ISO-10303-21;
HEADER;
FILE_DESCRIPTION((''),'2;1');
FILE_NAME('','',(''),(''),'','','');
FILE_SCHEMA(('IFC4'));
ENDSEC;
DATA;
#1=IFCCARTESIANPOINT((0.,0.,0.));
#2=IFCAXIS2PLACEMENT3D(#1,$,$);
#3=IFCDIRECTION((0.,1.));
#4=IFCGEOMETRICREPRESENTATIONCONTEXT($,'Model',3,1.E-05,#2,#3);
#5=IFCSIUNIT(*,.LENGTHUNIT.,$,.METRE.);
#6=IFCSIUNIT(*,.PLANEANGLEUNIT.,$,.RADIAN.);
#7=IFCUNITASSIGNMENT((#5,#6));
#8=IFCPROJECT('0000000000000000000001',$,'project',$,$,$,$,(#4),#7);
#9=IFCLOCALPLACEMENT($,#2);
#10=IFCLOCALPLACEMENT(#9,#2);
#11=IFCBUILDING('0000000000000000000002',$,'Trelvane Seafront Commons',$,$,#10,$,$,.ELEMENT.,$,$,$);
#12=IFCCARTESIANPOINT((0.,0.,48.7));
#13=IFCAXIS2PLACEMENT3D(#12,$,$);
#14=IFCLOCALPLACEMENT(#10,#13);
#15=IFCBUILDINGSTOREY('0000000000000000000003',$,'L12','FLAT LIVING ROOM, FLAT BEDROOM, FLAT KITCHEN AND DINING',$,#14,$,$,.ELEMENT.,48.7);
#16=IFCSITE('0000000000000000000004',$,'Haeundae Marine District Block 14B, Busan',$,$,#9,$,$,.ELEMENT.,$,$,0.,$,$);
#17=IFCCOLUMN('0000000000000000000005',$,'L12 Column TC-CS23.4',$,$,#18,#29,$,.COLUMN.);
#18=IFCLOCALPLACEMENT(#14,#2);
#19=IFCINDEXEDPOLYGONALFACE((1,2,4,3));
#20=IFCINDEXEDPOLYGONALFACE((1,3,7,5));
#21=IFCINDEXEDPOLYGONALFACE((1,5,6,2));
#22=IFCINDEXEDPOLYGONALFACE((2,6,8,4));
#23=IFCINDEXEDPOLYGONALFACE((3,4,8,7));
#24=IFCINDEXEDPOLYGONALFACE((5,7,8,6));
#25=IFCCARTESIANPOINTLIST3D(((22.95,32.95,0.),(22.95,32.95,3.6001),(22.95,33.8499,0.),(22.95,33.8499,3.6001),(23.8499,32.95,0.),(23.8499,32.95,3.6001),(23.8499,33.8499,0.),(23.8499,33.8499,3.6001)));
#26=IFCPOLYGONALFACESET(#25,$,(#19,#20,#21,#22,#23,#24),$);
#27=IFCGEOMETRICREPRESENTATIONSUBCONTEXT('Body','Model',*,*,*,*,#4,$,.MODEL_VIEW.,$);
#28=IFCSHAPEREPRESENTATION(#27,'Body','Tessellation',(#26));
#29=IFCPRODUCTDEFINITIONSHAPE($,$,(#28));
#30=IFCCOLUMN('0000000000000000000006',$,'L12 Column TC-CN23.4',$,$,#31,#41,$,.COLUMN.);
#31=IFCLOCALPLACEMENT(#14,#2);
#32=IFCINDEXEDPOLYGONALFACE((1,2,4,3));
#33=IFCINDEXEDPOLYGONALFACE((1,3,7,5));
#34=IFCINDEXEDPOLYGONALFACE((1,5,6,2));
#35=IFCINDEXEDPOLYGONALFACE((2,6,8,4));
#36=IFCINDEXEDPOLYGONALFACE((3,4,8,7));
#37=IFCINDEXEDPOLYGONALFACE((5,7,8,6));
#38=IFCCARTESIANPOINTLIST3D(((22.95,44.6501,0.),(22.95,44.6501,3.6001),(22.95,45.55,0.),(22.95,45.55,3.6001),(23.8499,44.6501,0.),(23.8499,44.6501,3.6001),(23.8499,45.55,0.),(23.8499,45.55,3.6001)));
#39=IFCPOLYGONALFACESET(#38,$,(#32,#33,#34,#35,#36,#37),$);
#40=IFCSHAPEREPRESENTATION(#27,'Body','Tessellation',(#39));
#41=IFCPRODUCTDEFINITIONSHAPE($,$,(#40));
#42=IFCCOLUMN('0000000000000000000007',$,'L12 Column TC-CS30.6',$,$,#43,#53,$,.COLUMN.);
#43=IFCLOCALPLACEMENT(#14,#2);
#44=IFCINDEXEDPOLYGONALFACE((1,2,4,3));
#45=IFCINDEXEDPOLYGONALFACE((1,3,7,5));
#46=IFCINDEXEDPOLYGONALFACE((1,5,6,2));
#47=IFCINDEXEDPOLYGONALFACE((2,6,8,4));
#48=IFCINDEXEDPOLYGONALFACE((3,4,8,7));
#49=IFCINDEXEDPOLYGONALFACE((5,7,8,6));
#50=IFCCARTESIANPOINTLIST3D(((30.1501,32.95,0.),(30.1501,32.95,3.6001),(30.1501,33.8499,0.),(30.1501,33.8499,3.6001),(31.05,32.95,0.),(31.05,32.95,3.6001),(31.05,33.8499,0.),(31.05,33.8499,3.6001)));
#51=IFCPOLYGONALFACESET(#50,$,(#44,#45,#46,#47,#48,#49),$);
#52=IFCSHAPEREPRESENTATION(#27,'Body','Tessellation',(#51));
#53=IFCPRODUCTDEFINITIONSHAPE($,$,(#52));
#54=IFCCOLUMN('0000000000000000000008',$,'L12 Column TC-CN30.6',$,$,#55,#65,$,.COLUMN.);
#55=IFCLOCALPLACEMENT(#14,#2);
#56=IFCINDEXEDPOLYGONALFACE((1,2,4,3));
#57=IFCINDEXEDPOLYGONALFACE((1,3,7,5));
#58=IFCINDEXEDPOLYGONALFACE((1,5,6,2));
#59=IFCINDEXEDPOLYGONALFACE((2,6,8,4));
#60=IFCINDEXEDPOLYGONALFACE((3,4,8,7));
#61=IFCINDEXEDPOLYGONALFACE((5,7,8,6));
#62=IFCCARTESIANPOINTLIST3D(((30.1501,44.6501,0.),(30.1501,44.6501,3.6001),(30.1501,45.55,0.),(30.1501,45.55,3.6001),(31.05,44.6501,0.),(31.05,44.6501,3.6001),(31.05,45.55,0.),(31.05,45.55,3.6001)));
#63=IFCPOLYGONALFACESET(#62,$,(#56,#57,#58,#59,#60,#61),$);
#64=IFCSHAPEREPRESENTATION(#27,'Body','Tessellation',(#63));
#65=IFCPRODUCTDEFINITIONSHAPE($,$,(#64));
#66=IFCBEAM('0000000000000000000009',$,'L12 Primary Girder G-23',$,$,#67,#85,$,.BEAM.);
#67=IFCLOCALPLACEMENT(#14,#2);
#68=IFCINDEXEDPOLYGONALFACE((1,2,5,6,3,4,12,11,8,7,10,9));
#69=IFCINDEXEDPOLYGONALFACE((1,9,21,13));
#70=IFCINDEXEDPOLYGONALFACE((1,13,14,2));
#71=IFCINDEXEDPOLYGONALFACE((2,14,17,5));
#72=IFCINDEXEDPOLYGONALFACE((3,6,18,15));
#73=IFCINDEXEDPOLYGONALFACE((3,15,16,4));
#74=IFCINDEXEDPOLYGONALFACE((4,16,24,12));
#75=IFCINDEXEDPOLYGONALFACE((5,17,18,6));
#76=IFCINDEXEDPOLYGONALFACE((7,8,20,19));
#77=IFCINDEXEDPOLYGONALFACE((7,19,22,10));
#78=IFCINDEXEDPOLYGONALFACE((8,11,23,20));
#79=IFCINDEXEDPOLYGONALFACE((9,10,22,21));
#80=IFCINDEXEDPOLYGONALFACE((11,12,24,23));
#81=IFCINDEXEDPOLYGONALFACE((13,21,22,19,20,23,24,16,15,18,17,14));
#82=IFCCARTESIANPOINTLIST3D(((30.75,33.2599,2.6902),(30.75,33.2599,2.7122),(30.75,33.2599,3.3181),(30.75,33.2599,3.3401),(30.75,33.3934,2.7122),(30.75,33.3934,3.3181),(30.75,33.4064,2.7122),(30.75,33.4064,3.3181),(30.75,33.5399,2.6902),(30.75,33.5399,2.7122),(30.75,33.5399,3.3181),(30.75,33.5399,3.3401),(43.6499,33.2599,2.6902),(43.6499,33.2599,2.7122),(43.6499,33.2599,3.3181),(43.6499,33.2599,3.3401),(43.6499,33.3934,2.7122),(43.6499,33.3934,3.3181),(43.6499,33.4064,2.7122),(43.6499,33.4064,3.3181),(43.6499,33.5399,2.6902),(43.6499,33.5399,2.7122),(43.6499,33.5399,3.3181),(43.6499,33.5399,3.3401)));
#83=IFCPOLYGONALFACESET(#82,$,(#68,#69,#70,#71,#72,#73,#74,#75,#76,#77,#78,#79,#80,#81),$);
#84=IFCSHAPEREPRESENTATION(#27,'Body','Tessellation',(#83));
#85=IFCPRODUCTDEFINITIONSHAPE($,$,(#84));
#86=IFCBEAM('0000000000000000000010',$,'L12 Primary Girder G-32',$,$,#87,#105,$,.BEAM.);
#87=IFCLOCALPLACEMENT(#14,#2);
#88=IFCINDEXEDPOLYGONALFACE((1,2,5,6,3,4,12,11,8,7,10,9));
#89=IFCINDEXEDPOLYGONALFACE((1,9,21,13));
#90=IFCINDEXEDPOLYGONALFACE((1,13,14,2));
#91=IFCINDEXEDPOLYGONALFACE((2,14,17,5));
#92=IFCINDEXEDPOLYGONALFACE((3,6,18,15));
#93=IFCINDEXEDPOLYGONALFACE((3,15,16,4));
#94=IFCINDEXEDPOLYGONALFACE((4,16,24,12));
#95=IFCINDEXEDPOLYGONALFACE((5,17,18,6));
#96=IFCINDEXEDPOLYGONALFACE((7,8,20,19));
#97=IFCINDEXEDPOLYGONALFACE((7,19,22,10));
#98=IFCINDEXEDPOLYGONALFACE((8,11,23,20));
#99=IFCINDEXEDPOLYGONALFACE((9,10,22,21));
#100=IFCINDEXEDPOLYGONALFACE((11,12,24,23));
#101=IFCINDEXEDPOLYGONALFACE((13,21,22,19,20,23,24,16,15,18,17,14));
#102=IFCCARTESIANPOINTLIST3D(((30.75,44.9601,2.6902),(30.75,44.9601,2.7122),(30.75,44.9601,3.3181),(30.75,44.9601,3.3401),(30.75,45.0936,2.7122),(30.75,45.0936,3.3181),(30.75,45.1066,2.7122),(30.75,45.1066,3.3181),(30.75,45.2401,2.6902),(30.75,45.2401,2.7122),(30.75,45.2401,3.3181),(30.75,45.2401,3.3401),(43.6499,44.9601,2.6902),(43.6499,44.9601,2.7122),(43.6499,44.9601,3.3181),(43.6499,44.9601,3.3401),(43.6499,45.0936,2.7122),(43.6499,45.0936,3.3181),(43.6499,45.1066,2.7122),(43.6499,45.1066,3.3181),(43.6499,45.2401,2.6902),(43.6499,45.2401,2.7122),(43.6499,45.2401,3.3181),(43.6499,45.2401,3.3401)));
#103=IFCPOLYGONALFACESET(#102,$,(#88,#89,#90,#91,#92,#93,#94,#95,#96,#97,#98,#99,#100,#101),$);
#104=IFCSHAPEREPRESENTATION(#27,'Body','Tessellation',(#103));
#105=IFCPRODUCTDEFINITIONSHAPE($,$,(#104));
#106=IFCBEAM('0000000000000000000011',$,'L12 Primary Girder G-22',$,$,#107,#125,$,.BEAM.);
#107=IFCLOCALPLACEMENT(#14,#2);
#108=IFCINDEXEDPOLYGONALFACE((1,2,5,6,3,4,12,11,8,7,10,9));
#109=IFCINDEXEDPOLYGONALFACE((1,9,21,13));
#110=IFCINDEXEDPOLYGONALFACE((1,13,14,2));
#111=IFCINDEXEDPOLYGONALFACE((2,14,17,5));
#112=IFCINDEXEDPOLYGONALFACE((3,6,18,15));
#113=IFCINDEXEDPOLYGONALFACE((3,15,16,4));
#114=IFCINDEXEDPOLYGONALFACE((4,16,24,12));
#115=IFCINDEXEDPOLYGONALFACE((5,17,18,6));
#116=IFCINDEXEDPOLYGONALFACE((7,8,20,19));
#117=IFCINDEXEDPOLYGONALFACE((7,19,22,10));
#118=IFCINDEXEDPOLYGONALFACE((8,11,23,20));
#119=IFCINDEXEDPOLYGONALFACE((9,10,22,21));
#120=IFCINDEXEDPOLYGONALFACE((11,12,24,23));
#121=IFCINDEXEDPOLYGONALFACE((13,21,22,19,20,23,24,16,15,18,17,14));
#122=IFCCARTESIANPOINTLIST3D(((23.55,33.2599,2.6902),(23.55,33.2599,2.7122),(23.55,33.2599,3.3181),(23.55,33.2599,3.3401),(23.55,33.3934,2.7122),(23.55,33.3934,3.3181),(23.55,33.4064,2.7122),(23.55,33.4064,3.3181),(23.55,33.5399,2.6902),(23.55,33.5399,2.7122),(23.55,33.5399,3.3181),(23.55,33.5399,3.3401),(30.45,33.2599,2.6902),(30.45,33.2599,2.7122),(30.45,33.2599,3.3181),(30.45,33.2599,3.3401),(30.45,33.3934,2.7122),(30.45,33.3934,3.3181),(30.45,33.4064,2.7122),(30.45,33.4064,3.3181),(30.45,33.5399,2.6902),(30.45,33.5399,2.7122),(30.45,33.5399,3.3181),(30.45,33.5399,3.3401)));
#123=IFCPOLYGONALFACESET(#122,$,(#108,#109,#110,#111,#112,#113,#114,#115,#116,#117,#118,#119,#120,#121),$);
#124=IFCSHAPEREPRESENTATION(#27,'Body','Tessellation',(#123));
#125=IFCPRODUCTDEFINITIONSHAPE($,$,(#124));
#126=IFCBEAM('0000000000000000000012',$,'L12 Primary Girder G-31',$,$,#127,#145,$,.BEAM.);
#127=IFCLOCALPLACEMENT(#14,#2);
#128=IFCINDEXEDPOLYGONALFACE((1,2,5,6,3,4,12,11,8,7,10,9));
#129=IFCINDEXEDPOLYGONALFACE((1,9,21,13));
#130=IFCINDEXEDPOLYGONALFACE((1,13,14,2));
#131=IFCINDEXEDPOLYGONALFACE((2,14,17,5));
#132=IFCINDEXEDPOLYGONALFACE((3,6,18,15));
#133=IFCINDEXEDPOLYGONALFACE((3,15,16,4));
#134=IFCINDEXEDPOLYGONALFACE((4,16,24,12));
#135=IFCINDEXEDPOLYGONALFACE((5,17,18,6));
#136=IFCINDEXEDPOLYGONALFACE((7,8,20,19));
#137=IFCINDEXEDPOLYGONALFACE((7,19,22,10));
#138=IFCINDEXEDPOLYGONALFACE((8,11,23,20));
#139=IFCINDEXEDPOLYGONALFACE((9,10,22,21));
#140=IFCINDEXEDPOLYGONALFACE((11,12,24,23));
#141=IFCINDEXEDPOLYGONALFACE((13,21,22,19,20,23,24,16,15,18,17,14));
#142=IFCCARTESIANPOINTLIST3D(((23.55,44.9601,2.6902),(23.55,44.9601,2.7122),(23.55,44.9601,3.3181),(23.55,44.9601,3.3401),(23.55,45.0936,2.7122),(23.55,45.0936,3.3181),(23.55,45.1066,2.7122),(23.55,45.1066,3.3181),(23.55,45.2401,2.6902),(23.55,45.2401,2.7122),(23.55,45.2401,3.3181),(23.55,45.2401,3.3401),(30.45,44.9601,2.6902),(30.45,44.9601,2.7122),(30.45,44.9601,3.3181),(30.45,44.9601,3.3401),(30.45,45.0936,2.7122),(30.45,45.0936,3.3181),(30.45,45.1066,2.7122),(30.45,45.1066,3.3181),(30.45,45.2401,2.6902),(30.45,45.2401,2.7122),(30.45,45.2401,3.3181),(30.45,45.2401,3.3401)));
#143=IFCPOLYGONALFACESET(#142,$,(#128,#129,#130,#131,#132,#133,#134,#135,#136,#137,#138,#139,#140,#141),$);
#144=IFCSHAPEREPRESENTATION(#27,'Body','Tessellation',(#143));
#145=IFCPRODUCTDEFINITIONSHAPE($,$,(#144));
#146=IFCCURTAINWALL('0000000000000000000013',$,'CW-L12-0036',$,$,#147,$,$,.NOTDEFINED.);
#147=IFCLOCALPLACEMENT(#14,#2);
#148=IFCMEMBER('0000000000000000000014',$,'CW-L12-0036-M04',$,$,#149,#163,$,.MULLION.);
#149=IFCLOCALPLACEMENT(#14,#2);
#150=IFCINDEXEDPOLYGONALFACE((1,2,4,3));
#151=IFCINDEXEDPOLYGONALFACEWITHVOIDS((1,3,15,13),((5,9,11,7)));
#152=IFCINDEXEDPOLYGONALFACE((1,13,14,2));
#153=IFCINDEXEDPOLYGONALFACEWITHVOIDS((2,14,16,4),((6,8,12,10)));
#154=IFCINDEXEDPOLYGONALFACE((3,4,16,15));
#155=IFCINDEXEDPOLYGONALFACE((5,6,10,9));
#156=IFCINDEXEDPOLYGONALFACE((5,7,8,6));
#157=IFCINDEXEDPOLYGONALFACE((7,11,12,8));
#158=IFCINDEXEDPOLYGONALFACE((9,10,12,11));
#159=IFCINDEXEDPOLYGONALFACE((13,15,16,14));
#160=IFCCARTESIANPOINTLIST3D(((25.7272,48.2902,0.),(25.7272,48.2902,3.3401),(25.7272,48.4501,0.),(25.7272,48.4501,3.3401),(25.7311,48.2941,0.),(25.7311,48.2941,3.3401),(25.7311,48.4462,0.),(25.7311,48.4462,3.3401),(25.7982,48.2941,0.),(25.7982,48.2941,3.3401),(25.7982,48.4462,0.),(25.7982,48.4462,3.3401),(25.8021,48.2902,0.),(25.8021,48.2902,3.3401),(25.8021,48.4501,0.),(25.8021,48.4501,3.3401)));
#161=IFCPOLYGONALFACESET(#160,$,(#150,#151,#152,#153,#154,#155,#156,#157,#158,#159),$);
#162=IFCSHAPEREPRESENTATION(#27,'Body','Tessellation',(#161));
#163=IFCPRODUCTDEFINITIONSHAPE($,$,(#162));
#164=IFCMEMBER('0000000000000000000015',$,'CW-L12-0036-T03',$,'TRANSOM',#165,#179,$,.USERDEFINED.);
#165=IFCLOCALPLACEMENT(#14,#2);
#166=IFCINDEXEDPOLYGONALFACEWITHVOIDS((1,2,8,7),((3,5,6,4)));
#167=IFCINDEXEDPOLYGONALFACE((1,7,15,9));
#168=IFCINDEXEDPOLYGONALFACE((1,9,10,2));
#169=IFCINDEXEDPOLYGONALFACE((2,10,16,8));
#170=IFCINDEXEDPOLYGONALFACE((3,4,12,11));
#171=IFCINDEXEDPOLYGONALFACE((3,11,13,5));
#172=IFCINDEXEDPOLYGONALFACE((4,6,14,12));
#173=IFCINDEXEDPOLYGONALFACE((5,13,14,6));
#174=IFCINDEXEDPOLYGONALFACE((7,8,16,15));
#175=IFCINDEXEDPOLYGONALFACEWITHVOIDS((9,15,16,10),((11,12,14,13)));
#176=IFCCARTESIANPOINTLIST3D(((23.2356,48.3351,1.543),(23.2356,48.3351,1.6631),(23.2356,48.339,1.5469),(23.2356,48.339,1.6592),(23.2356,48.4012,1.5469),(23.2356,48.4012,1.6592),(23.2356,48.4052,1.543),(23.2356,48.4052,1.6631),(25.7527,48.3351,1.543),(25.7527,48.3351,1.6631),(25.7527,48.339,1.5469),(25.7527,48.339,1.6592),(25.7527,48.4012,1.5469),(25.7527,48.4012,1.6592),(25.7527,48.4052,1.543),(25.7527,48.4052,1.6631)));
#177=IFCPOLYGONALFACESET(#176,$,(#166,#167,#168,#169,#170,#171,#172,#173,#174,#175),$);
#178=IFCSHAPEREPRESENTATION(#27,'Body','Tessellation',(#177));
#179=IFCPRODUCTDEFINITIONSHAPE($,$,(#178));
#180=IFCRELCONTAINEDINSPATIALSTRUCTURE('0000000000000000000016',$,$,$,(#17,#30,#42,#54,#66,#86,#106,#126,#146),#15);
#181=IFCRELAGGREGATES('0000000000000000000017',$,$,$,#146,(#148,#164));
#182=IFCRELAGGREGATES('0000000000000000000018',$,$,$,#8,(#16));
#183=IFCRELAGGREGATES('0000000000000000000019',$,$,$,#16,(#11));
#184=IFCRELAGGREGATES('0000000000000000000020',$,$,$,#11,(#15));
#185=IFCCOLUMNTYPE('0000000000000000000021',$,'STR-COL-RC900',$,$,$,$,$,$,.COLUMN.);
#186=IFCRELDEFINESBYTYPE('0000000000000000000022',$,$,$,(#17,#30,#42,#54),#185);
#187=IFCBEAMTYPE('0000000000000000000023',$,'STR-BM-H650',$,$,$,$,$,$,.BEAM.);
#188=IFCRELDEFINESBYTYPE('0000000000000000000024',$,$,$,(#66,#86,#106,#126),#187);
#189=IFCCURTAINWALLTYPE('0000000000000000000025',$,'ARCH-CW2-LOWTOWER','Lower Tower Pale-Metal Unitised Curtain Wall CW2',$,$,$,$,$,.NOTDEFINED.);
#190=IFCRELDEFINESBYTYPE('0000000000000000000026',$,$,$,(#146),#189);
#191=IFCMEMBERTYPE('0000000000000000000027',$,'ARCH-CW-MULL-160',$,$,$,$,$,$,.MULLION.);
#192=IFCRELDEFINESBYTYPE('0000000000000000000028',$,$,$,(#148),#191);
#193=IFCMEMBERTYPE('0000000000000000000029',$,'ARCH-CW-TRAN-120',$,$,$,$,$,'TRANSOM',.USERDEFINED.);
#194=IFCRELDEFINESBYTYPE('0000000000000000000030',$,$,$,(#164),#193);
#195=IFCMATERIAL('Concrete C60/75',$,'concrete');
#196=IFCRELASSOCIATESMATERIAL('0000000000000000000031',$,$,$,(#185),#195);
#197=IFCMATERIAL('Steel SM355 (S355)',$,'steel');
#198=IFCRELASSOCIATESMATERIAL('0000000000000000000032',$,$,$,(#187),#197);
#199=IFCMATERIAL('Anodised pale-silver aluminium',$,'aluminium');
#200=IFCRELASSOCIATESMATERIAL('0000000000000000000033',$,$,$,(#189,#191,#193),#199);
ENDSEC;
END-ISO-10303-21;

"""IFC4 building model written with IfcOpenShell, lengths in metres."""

from ifc_helpers import new_model, si_unit, direction, frame, origin, origin_2d, place, context, subcontext, project, spatial, rectangle, hollow_rectangle, i_section, extrude, source, transform, mapped, material, material_profile, profile_set, type_object, element, aggregate, save


model = new_model("IFC4")

# Units and contexts
model_context = context("Model", 3, precision=1e-05, world=origin(), true_north=direction((0.0, 1.0)))
body_context = subcontext(model_context, "Body", "Model", "MODEL_VIEW")
ifc_project = project(units=[si_unit("LENGTHUNIT", "METRE"), si_unit("PLANEANGLEUNIT", "RADIAN")], contexts=[model_context])

# Site, building, storey
site_placement = place(None, origin())
site = spatial("IfcSite", under=ifc_project, at=site_placement, Name="Haeundae Marine District Block 14B, Busan", CompositionType="ELEMENT", RefElevation=0.0)
building_placement = place(site_placement, origin())
building = spatial("IfcBuilding", under=site, at=building_placement, Name="Trelvane Seafront Commons", CompositionType="ELEMENT")
storey_placement = place(building_placement, frame((0.0, 0.0, 48.7)))
storey = spatial("IfcBuildingStorey", under=building, at=storey_placement, Name="L12", Description="FLAT LIVING ROOM, FLAT BEDROOM, FLAT KITCHEN AND DINING", CompositionType="ELEMENT", Elevation=48.7)

# Columns
ifc_material_1 = material(Name="Concrete C60/75", Category="concrete")
ifc_material_profile_1 = material_profile(ifc_material_1, rectangle(XDim=0.8999, YDim=0.8999, at=origin_2d()), Name="RC-900x900")
ifc_profile_set_1 = profile_set([ifc_material_profile_1], Name="Concrete C60/75")
column_type = type_object("IfcColumnType", Name="STR-COL-RC900", PredefinedType="COLUMN", material=ifc_profile_set_1)
shared_shape_1 = source(origin(), body_context, "Body", "SweptSolid", [
    extrude(rectangle(XDim=0.8999, YDim=0.8999, at=origin_2d()), origin(), (0.0, 0.0, 1.0), 3.6001),
])
for number, where, z_axis, x_axis, name in (
    (1, (23.3999, 33.3999, 0.0), (0.0, 0.0, 1.0), (1.0, 0.0, 0.0), "L12 Column TC-CS23.4"),
    (2, (23.3999, 45.1001, 0.0), (0.0, 0.0, 1.0), (1.0, 0.0, 0.0), "L12 Column TC-CN23.4"),
    (3, (30.6001, 33.3999, 0.0), (0.0, 0.0, 1.0), (1.0, 0.0, 0.0), "L12 Column TC-CS30.6"),
    (4, (30.6001, 45.1001, 0.0), (0.0, 0.0, 1.0), (1.0, 0.0, 0.0), "L12 Column TC-CN30.6"),
):
    element("IfcColumn", number, at=place(storey_placement, frame(where, z_axis=z_axis, x_axis=x_axis)), inside=storey, type_object=column_type, Name=name, PredefinedType="COLUMN", context=body_context, shape_type="MappedRepresentation", body=[
        mapped(shared_shape_1, transform((0.0, 0.0, 0.0), x_axis=(1.0, 0.0, 0.0), y_axis=(0.0, 1.0, 0.0), z_axis=(0.0, 0.0, 1.0), scale=1.0)),
    ])

# Beams
ifc_material_2 = material(Name="Steel SM355 (S355)", Category="steel")
ifc_material_profile_2 = material_profile(ifc_material_2, i_section(OverallWidth=0.28, OverallDepth=0.6499, WebThickness=0.0129, FlangeThickness=0.022, at=origin_2d()), Name="H-650x280x13x22")
ifc_profile_set_2 = profile_set([ifc_material_profile_2], Name="Steel SM355 (S355)")
beam_type = type_object("IfcBeamType", Name="STR-BM-H650", PredefinedType="BEAM", material=ifc_profile_set_2)
shared_shape_2 = source(origin(), body_context, "Body", "SweptSolid", [
    extrude(i_section(OverallWidth=0.28, OverallDepth=0.6499, WebThickness=0.0129, FlangeThickness=0.022, at=origin_2d()), origin(), (0.0, 0.0, 1.0), 12.8999),
])
for number, where, z_axis, x_axis, name in (
    (5, (30.75, 33.3999, 3.0151), (1.0, 0.0, 0.0), (0.0, 1.0, 0.0), "L12 Primary Girder G-23"),
    (6, (30.75, 45.1001, 3.0151), (1.0, 0.0, 0.0), (0.0, 1.0, 0.0), "L12 Primary Girder G-32"),
):
    element("IfcBeam", number, at=place(storey_placement, frame(where, z_axis=z_axis, x_axis=x_axis)), inside=storey, type_object=beam_type, Name=name, PredefinedType="BEAM", context=body_context, shape_type="MappedRepresentation", body=[
        mapped(shared_shape_2, transform((0.0, 0.0, 0.0), x_axis=(1.0, 0.0, 0.0), y_axis=(0.0, 1.0, 0.0), z_axis=(0.0, 0.0, 1.0), scale=1.0)),
    ])
shared_shape_3 = source(origin(), body_context, "Body", "SweptSolid", [
    extrude(i_section(OverallWidth=0.28, OverallDepth=0.6499, WebThickness=0.0129, FlangeThickness=0.022, at=origin_2d()), origin(), (0.0, 0.0, 1.0), 6.8999),
])
for number, where, z_axis, x_axis, name in (
    (7, (23.55, 33.3999, 3.0151), (1.0, 0.0, 0.0), (0.0, 1.0, 0.0), "L12 Primary Girder G-22"),
    (8, (23.55, 45.1001, 3.0151), (1.0, 0.0, 0.0), (0.0, 1.0, 0.0), "L12 Primary Girder G-31"),
):
    element("IfcBeam", number, at=place(storey_placement, frame(where, z_axis=z_axis, x_axis=x_axis)), inside=storey, type_object=beam_type, Name=name, PredefinedType="BEAM", context=body_context, shape_type="MappedRepresentation", body=[
        mapped(shared_shape_3, transform((0.0, 0.0, 0.0), x_axis=(1.0, 0.0, 0.0), y_axis=(0.0, 1.0, 0.0), z_axis=(0.0, 0.0, 1.0), scale=1.0)),
    ])

# Curtain wall, members
ifc_material_3 = material(Name="Anodised pale-silver aluminium", Category="aluminium")
curtain_wall_type = type_object("IfcCurtainWallType", Name="ARCH-CW2-LOWTOWER", Description="Lower Tower Pale-Metal Unitised Curtain Wall CW2", PredefinedType="NOTDEFINED", material=ifc_material_3)
curtain_wall_placement = place(storey_placement, origin())
curtain_wall = element("IfcCurtainWall", 9, at=curtain_wall_placement, inside=storey, type_object=curtain_wall_type, Name="CW-L12-0036", PredefinedType="NOTDEFINED")
ifc_material_profile_3 = material_profile(ifc_material_3, hollow_rectangle(XDim=0.075, YDim=0.1599, WallThickness=0.0039, at=origin_2d()), Name="MULL-75x160x4")
ifc_profile_set_3 = profile_set([ifc_material_profile_3], Name="Anodised pale-silver aluminium")
member_type_1 = type_object("IfcMemberType", Name="ARCH-CW-MULL-160", PredefinedType="MULLION", material=ifc_profile_set_3)
shared_shape_4 = source(origin(), body_context, "Body", "SweptSolid", [
    extrude(hollow_rectangle(XDim=0.075, YDim=0.1599, WallThickness=0.0039, at=origin_2d()), origin(), (0.0, 0.0, 1.0), 3.3401),
])
member_1_placement = place(storey_placement, frame((25.7646, 48.3701, 0.0), z_axis=(0.0, 0.0, 1.0), x_axis=(1.0, 0.0, 0.0)))
member_1 = element("IfcMember", 10, at=member_1_placement, type_object=member_type_1, Name="CW-L12-0036-M04", PredefinedType="MULLION", context=body_context, shape_type="MappedRepresentation", body=[
    mapped(shared_shape_4, transform((0.0, 0.0, 0.0), x_axis=(1.0, 0.0, 0.0), y_axis=(0.0, 1.0, 0.0), z_axis=(0.0, 0.0, 1.0), scale=1.0)),
])
ifc_material_profile_4 = material_profile(ifc_material_3, hollow_rectangle(XDim=0.0701, YDim=0.1201, WallThickness=0.0039, at=origin_2d()), Name="TRAN-70x120x4")
ifc_profile_set_4 = profile_set([ifc_material_profile_4], Name="Anodised pale-silver aluminium")
member_type_2 = type_object("IfcMemberType", Name="ARCH-CW-TRAN-120", ElementType="TRANSOM", PredefinedType="USERDEFINED", material=ifc_profile_set_4)
shared_shape_5 = source(origin(), body_context, "Body", "SweptSolid", [
    extrude(hollow_rectangle(XDim=0.0701, YDim=0.1201, WallThickness=0.0039, at=origin_2d()), origin(), (0.0, 0.0, 1.0), 2.5171),
])
member_2_placement = place(storey_placement, frame((23.2356, 48.3701, 1.603), z_axis=(1.0, 0.0, 0.0), x_axis=(0.0, 1.0, 0.0)))
member_2 = element("IfcMember", 11, at=member_2_placement, type_object=member_type_2, Name="CW-L12-0036-T03", ObjectType="TRANSOM", PredefinedType="USERDEFINED", context=body_context, shape_type="MappedRepresentation", body=[
    mapped(shared_shape_5, transform((0.0, 0.0, 0.0), x_axis=(1.0, 0.0, 0.0), y_axis=(0.0, 1.0, 0.0), z_axis=(0.0, 0.0, 1.0), scale=1.0)),
])
aggregate(curtain_wall, [member_1, member_2])

save(model, "model.ifc")
